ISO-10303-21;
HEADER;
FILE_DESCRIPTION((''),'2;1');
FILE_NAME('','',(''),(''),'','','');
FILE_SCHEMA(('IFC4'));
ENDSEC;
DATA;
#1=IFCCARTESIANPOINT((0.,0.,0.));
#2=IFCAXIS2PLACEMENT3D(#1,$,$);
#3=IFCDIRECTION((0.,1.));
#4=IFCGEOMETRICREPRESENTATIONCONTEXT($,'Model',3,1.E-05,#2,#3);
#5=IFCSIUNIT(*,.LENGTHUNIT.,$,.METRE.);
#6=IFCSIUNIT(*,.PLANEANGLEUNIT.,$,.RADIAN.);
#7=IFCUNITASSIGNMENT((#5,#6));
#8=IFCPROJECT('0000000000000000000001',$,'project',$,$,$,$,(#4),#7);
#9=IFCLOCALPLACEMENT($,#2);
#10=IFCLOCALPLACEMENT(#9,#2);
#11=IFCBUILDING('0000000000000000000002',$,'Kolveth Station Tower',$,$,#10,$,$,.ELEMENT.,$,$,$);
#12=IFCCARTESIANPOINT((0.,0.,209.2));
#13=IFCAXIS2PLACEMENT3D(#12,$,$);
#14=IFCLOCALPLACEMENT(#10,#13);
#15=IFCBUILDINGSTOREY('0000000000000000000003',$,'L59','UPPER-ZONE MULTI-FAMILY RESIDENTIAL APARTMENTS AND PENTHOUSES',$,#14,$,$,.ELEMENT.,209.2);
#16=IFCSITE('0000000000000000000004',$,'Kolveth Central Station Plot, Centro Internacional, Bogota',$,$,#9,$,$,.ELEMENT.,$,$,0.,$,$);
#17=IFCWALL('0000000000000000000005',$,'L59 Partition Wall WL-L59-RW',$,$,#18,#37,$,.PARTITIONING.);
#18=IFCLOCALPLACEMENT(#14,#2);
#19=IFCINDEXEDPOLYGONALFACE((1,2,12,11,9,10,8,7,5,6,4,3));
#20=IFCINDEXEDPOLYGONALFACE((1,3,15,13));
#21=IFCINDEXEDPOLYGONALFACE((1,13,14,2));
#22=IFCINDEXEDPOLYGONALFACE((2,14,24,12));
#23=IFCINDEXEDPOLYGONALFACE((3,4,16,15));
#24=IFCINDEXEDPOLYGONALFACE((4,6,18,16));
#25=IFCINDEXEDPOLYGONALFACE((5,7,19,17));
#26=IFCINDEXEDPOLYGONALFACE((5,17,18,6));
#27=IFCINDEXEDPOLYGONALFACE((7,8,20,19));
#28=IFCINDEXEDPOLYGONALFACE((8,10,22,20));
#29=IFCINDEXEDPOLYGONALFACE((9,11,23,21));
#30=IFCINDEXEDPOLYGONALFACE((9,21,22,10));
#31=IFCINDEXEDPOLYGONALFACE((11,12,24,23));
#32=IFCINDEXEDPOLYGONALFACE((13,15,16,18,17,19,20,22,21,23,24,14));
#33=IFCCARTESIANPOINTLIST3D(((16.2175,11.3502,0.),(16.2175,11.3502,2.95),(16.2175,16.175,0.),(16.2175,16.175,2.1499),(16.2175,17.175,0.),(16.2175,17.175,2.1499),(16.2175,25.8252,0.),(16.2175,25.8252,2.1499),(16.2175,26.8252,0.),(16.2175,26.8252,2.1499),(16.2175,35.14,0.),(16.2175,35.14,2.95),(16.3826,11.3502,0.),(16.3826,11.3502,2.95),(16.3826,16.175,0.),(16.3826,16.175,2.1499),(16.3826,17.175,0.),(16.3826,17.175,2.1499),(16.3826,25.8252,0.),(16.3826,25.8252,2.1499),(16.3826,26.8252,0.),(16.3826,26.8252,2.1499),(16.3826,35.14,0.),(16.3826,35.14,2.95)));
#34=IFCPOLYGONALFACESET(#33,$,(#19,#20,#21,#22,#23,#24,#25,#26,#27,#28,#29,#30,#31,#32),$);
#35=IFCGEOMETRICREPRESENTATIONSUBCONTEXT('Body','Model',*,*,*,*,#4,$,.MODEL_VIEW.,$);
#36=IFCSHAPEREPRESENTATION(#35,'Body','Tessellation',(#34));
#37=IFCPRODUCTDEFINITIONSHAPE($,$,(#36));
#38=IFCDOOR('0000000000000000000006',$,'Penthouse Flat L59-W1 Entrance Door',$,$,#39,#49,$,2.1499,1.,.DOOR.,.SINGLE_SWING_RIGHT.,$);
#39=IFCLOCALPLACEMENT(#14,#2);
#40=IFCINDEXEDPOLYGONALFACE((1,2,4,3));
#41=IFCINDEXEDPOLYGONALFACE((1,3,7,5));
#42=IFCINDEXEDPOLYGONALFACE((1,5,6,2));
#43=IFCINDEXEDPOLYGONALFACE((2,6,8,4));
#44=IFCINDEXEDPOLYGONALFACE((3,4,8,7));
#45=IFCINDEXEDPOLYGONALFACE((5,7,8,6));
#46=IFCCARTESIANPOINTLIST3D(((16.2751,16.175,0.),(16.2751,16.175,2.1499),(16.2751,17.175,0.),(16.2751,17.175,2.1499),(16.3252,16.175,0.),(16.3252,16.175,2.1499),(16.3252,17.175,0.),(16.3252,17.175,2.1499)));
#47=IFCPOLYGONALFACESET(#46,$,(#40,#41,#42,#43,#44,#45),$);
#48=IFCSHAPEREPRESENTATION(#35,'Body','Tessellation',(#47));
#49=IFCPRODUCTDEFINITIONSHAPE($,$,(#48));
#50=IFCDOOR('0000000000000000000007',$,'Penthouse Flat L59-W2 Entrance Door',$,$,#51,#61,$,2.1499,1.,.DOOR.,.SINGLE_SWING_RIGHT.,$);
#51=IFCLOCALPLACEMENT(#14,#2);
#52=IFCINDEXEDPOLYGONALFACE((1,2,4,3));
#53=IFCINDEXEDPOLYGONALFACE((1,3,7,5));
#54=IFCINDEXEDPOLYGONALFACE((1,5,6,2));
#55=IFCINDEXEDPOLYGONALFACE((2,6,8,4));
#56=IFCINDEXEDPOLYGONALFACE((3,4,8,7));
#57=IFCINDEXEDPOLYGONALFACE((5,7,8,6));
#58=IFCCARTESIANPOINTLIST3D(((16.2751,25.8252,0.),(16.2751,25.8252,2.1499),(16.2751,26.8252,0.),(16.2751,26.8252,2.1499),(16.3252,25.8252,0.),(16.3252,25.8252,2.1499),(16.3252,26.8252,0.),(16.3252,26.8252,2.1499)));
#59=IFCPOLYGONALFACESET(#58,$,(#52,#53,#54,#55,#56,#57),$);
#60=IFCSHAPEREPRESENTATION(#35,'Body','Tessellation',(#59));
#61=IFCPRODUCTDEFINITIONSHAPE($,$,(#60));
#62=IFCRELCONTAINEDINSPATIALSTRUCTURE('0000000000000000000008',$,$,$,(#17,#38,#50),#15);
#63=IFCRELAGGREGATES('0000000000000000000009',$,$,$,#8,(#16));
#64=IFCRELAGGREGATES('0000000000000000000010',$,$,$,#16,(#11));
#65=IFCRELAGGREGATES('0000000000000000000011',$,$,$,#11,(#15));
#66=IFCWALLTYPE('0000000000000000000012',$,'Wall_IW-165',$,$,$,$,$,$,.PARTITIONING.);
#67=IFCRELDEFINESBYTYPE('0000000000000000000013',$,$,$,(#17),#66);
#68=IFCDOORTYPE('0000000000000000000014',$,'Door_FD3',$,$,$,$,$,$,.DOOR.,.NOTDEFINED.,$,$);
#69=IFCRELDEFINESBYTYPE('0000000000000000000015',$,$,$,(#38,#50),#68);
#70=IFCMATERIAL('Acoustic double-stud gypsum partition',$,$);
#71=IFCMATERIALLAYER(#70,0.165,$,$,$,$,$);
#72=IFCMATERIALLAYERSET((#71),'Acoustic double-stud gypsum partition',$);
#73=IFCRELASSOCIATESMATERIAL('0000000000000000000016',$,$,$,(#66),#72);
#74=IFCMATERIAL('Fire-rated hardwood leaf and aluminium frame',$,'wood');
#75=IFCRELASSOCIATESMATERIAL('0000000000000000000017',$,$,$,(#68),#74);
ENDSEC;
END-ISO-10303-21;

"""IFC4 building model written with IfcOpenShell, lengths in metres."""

from ifc_helpers import new_model, si_unit, direction, frame, frame_2d, origin, place, context, subcontext, project, spatial, rectangle, extrude, material, layer, layer_set, type_object, element, fill, save


model = new_model("IFC4")

# Units and contexts
model_context = context("Model", 3, precision=1e-05, world=origin(), true_north=direction((0.0, 1.0)))
body_context = subcontext(model_context, "Body", "Model", "MODEL_VIEW")
ifc_project = project(units=[si_unit("LENGTHUNIT", "METRE"), si_unit("PLANEANGLEUNIT", "RADIAN")], contexts=[model_context])

# Site, building, storey
site_placement = place(None, origin())
site = spatial("IfcSite", under=ifc_project, at=site_placement, Name="Kolveth Central Station Plot, Centro Internacional, Bogota", CompositionType="ELEMENT", RefElevation=0.0)
building_placement = place(site_placement, origin())
building = spatial("IfcBuilding", under=site, at=building_placement, Name="Kolveth Station Tower", CompositionType="ELEMENT")
storey_placement = place(building_placement, frame((0.0, 0.0, 209.2)))
storey = spatial("IfcBuildingStorey", under=building, at=storey_placement, Name="L59", Description="UPPER-ZONE MULTI-FAMILY RESIDENTIAL APARTMENTS AND PENTHOUSES", CompositionType="ELEMENT", Elevation=209.2)

# Wall, openings, doors
ifc_material_1 = material(Name="Acoustic double-stud gypsum partition")
ifc_layer_1 = layer(ifc_material_1, 0.165)
ifc_layer_set_1 = layer_set([ifc_layer_1], Name="Acoustic double-stud gypsum partition")
wall_type_1 = type_object("IfcWallType", Name="Wall_IW-165", PredefinedType="PARTITIONING", material=ifc_layer_set_1)
wall_1_placement = place(storey_placement, frame((16.3, 11.3501, 0.0), z_axis=(0.0, 0.0, 1.0), x_axis=(0.0, 1.0, 0.0)))
wall_1 = element("IfcWall", 1, at=wall_1_placement, inside=storey, type_object=wall_type_1, Name="L59 Partition Wall WL-L59-RW", PredefinedType="PARTITIONING", context=body_context, shape_type="SweptSolid", body=[
    extrude(rectangle(XDim=23.7898, YDim=0.165, at=frame_2d((11.895, 0.0))), origin(), (0.0, 0.0, 1.0), 2.95),
])
opening_1_placement = place(wall_1_placement, frame((4.825, 0.0, 0.0)))
opening_1 = element("IfcOpeningElement", 2, at=opening_1_placement, cuts=wall_1, PredefinedType="OPENING", context=body_context, shape_type="SweptSolid", body=[
    extrude(rectangle(XDim=1.0, YDim=2.1499, at=frame_2d((0.5, 1.075))), frame((0.0, 0.0925, 0.0), z_axis=(0.0, -1.0, 0.0), x_axis=(1.0, 0.0, 0.0)), (0.0, 0.0, 1.0), 0.1851),
])
opening_2_placement = place(wall_1_placement, frame((14.4751, 0.0, 0.0)))
opening_2 = element("IfcOpeningElement", 3, at=opening_2_placement, cuts=wall_1, PredefinedType="OPENING", context=body_context, shape_type="SweptSolid", body=[
    extrude(rectangle(XDim=1.0, YDim=2.1499, at=frame_2d((0.5, 1.075))), frame((0.0, 0.0925, 0.0), z_axis=(0.0, -1.0, 0.0), x_axis=(1.0, 0.0, 0.0)), (0.0, 0.0, 1.0), 0.1851),
])
ifc_material_2 = material(Name="Fire-rated hardwood leaf and aluminium frame", Category="wood")
door_type_1 = type_object("IfcDoorType", Name="Door_FD3", OperationType="NOTDEFINED", PredefinedType="DOOR", material=ifc_material_2)
door_1_placement = place(opening_1_placement, origin())
door_1 = element("IfcDoor", 4, at=door_1_placement, inside=storey, type_object=door_type_1, Name="Penthouse Flat L59-W1 Entrance Door", OperationType="SINGLE_SWING_RIGHT", OverallHeight=2.1499, OverallWidth=1.0, PredefinedType="DOOR", context=body_context, shape_type="SweptSolid", body=[
    extrude(rectangle(XDim=1.0, YDim=2.1499, at=frame_2d((0.5, 1.075))), frame((0.0, 0.0249, 0.0), z_axis=(0.0, -1.0, 0.0), x_axis=(1.0, 0.0, 0.0)), (0.0, 0.0, 1.0), 0.05),
])
fill(opening_1, door_1)
door_2_placement = place(opening_2_placement, origin())
door_2 = element("IfcDoor", 5, at=door_2_placement, inside=storey, type_object=door_type_1, Name="Penthouse Flat L59-W2 Entrance Door", OperationType="SINGLE_SWING_RIGHT", OverallHeight=2.1499, OverallWidth=1.0, PredefinedType="DOOR", context=body_context, shape_type="SweptSolid", body=[
    extrude(rectangle(XDim=1.0, YDim=2.1499, at=frame_2d((0.5, 1.075))), frame((0.0, 0.0249, 0.0), z_axis=(0.0, -1.0, 0.0), x_axis=(1.0, 0.0, 0.0)), (0.0, 0.0, 1.0), 0.05),
])
fill(opening_2, door_2)

save(model, "model.ifc")
